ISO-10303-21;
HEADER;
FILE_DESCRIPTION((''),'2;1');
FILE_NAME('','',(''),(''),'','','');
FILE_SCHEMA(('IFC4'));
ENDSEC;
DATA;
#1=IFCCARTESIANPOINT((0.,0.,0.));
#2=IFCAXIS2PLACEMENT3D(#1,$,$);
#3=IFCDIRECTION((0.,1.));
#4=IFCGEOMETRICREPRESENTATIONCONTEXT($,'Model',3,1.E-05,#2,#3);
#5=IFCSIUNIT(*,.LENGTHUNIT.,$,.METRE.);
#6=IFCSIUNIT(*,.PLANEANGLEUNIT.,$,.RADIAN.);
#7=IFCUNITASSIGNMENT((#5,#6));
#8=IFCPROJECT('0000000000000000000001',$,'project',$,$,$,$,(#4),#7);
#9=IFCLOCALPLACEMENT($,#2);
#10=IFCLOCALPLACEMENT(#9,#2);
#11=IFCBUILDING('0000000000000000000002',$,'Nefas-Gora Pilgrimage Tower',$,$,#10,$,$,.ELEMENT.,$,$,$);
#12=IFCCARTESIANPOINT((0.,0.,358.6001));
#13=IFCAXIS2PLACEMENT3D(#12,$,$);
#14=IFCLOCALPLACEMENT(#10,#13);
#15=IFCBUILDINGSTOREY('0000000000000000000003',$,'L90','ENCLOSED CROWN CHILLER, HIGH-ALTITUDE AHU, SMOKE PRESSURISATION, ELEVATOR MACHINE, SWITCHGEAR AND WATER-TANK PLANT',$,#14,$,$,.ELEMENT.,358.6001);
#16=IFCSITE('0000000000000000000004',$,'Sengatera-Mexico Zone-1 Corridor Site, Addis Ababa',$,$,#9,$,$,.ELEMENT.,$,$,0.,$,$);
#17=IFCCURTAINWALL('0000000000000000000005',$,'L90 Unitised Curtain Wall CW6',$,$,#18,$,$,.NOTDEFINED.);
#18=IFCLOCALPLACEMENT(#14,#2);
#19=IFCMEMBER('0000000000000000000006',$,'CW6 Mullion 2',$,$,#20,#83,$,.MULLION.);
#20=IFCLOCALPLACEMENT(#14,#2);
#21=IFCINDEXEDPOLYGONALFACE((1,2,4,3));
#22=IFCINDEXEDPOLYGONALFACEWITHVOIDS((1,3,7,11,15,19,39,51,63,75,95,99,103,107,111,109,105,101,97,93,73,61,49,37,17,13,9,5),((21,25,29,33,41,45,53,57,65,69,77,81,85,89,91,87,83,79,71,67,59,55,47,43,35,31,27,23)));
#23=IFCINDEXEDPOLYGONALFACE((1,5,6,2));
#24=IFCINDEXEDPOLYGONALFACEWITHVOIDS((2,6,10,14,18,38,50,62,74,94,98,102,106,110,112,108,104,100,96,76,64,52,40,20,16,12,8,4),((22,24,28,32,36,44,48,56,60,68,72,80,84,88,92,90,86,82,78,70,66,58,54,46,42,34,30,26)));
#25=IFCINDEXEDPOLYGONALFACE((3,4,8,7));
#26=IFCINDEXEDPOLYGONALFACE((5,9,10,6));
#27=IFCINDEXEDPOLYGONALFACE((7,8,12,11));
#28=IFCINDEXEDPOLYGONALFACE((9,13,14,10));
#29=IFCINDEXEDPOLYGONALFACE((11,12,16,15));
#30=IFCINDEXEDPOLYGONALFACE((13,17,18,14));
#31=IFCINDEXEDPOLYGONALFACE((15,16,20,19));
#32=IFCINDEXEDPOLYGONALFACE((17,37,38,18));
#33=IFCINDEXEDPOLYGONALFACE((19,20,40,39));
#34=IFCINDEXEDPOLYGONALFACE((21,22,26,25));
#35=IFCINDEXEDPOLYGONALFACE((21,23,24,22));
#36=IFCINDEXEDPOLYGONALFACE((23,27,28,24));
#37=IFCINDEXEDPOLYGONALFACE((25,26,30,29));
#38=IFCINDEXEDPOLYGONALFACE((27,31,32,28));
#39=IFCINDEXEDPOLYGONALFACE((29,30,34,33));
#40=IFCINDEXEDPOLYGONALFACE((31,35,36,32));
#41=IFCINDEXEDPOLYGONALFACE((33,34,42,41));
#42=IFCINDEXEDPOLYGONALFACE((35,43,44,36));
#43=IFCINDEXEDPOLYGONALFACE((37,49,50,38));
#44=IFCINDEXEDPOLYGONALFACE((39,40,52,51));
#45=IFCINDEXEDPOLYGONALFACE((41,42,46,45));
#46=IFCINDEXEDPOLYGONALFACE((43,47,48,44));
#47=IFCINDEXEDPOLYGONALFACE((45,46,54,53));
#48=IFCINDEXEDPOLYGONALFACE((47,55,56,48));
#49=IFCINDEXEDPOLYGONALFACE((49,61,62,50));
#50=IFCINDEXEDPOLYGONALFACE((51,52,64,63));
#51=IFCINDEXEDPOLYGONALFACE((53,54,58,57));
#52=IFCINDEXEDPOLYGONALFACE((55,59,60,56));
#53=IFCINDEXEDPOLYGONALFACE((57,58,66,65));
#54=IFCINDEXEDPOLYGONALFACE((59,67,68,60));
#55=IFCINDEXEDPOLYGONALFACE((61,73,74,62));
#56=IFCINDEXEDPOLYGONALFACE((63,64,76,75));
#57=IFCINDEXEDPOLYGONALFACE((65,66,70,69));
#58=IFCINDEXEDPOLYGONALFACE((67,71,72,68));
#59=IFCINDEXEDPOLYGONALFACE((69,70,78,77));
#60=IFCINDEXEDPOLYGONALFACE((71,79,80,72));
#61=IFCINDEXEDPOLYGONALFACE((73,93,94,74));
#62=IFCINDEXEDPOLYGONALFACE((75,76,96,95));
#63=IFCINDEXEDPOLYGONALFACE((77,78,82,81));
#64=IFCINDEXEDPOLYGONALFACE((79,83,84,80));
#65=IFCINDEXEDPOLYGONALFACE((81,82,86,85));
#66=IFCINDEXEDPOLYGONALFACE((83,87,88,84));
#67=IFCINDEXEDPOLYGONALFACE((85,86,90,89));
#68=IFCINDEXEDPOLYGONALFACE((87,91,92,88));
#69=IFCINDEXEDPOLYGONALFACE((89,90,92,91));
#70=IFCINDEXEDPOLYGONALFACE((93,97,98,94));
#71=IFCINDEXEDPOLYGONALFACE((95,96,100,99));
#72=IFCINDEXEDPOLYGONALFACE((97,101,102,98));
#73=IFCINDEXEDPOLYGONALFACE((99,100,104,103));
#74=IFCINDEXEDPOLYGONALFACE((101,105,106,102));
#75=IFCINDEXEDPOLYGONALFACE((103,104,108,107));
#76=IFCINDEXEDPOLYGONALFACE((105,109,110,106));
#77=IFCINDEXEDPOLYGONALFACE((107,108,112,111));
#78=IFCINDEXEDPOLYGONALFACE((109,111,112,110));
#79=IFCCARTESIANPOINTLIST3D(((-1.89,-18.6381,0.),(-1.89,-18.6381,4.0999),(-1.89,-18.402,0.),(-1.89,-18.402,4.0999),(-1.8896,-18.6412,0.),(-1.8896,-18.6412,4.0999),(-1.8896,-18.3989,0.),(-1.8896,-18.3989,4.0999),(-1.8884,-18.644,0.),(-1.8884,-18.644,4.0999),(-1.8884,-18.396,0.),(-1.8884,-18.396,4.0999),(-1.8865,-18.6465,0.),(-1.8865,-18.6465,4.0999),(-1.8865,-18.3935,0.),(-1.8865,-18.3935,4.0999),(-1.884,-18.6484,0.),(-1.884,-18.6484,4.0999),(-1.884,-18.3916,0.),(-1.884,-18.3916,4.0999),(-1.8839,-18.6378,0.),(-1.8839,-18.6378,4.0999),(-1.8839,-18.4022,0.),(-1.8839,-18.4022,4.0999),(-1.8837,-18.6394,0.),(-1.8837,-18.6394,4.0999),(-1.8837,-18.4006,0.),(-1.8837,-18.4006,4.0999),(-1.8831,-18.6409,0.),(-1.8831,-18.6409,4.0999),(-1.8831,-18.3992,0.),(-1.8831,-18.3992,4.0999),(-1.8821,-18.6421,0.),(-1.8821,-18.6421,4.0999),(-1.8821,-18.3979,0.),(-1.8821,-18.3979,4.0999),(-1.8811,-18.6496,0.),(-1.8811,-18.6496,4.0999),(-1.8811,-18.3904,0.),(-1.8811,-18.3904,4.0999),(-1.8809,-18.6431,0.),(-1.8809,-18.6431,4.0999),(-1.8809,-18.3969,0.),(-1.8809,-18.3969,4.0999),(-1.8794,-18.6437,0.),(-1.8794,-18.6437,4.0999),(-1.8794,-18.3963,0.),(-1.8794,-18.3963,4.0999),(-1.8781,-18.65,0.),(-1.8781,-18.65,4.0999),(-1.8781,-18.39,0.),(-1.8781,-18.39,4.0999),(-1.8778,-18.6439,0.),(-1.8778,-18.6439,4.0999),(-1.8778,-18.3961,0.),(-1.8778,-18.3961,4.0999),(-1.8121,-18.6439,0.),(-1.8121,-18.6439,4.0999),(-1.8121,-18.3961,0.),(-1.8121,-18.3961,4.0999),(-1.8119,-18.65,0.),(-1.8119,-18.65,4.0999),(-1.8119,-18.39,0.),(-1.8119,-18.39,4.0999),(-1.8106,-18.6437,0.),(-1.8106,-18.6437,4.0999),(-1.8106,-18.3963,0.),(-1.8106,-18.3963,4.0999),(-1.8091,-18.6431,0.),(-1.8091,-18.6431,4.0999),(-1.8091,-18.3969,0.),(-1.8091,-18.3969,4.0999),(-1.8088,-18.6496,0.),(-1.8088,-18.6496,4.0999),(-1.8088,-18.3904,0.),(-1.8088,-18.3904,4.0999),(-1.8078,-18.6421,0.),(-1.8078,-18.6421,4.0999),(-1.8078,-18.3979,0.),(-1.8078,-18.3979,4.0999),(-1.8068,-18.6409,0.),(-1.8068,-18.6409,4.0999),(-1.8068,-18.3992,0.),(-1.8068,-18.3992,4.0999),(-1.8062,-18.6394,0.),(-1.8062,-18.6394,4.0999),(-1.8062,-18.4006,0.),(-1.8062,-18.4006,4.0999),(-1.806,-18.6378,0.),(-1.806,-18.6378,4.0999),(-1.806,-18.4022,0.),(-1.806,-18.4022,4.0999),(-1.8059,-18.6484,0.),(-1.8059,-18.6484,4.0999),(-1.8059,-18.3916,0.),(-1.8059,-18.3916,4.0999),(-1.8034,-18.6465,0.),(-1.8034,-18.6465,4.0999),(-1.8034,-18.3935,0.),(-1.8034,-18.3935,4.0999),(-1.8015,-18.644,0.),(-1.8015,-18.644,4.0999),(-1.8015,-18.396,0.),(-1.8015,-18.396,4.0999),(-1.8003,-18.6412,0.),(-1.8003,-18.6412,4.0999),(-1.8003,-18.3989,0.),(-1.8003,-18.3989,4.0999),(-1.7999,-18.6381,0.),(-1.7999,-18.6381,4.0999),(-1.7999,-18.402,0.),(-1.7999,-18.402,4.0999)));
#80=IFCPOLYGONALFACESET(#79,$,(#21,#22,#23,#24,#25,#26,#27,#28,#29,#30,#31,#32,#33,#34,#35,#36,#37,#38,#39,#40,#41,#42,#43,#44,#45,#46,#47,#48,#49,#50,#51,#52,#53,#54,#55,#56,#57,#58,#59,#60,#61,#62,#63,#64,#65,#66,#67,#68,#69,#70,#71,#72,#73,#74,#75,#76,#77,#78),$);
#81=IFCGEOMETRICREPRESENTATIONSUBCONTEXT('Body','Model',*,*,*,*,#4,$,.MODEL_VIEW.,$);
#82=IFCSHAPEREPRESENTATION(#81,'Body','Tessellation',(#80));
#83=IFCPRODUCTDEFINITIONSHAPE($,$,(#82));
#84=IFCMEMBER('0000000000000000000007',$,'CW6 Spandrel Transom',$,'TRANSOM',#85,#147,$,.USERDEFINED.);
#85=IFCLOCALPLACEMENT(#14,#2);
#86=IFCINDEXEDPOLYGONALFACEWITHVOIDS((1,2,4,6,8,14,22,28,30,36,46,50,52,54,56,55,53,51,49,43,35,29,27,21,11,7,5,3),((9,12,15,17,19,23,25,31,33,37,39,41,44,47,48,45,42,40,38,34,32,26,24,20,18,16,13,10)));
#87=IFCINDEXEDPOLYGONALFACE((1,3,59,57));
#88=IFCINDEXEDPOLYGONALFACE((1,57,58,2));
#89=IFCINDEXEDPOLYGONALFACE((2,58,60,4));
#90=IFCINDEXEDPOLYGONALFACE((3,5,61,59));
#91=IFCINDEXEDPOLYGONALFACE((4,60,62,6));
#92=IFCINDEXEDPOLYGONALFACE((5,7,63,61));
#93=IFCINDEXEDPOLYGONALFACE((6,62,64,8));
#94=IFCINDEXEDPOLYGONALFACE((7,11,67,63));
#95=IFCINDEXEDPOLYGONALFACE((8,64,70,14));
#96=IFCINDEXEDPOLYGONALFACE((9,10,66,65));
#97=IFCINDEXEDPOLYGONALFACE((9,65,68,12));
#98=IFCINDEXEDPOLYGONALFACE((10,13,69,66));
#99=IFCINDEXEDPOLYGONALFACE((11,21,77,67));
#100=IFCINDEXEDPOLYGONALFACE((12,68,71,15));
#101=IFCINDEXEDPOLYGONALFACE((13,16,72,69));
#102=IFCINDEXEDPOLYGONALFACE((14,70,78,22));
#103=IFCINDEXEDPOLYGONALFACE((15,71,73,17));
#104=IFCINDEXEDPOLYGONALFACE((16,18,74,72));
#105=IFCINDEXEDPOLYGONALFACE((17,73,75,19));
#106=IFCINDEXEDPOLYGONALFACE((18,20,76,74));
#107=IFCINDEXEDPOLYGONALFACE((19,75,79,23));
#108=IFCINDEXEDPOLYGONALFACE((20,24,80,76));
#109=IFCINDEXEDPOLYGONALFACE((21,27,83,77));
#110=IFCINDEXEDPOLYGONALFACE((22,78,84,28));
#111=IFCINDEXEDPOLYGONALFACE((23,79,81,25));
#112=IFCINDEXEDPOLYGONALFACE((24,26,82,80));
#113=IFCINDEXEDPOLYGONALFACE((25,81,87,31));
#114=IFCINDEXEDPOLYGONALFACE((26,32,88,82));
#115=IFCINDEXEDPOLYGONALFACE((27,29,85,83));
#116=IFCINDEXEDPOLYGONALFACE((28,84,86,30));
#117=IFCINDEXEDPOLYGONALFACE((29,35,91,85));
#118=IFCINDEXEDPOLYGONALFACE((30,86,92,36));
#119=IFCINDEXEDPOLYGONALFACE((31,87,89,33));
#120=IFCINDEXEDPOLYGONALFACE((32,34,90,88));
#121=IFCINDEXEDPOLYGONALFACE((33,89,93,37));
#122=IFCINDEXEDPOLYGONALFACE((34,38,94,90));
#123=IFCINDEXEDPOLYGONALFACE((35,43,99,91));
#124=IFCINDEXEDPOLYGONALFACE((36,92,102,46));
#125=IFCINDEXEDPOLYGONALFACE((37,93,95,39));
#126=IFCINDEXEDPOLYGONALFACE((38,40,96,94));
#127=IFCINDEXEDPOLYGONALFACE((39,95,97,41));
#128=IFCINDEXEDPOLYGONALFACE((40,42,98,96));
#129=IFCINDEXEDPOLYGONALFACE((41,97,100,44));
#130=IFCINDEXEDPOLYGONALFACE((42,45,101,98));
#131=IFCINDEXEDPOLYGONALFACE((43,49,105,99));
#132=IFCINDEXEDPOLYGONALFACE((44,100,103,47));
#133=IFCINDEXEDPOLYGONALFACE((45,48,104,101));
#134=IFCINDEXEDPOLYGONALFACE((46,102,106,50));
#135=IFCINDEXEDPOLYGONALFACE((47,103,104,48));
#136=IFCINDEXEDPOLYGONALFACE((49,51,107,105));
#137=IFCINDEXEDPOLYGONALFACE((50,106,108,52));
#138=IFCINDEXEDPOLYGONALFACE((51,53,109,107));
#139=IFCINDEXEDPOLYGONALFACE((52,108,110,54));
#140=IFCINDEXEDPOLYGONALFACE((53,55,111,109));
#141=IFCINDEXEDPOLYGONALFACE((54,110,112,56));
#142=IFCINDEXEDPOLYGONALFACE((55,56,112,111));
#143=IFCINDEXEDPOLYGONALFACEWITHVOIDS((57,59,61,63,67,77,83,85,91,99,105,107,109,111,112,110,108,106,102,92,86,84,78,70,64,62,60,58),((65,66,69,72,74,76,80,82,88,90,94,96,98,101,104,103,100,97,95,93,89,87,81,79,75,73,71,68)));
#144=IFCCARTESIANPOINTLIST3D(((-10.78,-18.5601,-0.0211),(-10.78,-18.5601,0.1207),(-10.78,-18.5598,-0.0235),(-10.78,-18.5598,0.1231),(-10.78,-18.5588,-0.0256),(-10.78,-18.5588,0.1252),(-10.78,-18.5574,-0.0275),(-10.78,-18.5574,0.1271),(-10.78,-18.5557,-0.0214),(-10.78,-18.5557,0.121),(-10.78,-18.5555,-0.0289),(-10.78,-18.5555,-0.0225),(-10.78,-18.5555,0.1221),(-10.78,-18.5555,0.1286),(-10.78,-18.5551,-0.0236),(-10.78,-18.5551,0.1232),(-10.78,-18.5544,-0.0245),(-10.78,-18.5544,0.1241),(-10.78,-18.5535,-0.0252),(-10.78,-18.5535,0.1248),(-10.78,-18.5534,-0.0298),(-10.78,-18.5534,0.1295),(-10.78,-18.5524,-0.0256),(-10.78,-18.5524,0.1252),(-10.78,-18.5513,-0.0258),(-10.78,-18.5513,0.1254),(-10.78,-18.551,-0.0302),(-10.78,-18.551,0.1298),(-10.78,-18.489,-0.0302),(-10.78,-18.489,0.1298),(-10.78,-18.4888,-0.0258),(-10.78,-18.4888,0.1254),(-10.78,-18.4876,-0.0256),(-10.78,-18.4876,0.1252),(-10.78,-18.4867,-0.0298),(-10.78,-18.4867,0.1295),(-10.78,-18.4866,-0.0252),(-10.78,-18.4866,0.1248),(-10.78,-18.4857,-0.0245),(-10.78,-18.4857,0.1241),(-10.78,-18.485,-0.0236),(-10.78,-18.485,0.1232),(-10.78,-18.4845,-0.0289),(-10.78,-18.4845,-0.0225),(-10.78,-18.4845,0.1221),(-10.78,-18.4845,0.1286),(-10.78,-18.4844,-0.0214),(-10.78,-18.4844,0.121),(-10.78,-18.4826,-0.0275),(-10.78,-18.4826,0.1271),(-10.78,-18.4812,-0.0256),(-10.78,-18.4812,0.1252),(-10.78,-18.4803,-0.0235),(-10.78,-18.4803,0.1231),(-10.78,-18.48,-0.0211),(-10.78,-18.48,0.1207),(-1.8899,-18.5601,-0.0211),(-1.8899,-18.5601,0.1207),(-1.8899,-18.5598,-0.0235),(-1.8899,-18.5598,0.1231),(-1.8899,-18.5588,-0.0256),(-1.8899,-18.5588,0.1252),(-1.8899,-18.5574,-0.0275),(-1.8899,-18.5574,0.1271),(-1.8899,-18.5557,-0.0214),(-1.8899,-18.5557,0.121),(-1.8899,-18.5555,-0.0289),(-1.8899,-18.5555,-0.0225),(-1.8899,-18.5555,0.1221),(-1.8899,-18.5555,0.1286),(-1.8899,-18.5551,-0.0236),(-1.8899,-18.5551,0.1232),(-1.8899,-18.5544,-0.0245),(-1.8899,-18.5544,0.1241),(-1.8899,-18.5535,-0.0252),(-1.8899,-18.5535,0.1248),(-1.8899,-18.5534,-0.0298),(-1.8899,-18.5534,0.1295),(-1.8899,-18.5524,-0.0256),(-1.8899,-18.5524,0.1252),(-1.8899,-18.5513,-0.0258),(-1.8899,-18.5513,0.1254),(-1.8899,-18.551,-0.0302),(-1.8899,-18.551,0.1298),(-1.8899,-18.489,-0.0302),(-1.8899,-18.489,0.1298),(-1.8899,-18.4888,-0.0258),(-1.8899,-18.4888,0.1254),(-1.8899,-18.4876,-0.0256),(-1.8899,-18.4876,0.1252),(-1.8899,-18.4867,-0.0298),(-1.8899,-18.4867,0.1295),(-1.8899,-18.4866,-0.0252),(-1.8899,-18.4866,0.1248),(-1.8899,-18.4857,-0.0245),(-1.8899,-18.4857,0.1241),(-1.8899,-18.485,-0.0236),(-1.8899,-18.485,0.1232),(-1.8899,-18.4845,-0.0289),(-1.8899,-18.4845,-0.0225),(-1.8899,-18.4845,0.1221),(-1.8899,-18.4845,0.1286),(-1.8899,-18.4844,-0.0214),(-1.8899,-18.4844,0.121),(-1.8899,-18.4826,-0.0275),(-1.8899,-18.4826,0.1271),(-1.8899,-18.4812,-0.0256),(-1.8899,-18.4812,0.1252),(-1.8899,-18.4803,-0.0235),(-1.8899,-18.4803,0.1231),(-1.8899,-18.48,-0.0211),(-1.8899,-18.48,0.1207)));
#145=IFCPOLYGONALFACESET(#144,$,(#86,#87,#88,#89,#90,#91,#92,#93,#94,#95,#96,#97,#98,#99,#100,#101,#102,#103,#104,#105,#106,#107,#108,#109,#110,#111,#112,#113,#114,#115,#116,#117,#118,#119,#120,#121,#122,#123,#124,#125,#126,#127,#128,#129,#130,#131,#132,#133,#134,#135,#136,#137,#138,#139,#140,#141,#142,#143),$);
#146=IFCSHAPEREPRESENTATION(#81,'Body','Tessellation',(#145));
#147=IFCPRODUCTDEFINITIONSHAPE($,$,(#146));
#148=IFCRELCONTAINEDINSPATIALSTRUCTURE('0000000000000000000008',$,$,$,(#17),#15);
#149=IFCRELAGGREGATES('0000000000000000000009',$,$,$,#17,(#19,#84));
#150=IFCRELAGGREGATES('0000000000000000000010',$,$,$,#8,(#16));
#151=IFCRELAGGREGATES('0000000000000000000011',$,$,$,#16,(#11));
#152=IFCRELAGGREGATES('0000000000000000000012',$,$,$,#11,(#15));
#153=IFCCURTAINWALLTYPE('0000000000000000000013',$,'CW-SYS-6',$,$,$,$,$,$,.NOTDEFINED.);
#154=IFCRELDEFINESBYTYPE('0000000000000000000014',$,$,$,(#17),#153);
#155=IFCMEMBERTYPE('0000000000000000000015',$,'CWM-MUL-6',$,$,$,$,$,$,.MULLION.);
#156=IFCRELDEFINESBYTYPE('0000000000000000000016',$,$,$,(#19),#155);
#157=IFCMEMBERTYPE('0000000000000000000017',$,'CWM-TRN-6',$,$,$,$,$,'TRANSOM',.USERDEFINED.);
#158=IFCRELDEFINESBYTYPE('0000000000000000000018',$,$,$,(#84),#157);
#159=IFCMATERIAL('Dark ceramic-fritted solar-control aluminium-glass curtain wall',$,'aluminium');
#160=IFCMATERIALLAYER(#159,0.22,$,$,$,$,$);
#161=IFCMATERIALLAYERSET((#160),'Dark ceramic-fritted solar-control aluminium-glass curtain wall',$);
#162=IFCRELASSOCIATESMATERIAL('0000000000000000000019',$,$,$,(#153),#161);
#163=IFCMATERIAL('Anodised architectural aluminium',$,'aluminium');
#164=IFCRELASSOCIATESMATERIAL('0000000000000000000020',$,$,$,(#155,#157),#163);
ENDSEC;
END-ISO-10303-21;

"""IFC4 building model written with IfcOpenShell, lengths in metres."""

from ifc_helpers import new_model, si_unit, direction, frame, origin, origin_2d, place, context, subcontext, project, spatial, hollow_rectangle, extrude, source, transform, mapped, material, layer, layer_set, material_profile, profile_set, type_object, element, aggregate, save


model = new_model("IFC4")

# Units and contexts
model_context = context("Model", 3, precision=1e-05, world=origin(), true_north=direction((0.0, 1.0)))
body_context = subcontext(model_context, "Body", "Model", "MODEL_VIEW")
ifc_project = project(units=[si_unit("LENGTHUNIT", "METRE"), si_unit("PLANEANGLEUNIT", "RADIAN")], contexts=[model_context])

# Site, building, storey
site_placement = place(None, origin())
site = spatial("IfcSite", under=ifc_project, at=site_placement, Name="Sengatera-Mexico Zone-1 Corridor Site, Addis Ababa", CompositionType="ELEMENT", RefElevation=0.0)
building_placement = place(site_placement, origin())
building = spatial("IfcBuilding", under=site, at=building_placement, Name="Nefas-Gora Pilgrimage Tower", CompositionType="ELEMENT")
storey_placement = place(building_placement, frame((0.0, 0.0, 358.6001)))
storey = spatial("IfcBuildingStorey", under=building, at=storey_placement, Name="L90", Description="ENCLOSED CROWN CHILLER, HIGH-ALTITUDE AHU, SMOKE PRESSURISATION, ELEVATOR MACHINE, SWITCHGEAR AND WATER-TANK PLANT", CompositionType="ELEMENT", Elevation=358.6001)

# Curtain wall, members
ifc_material_1 = material(Name="Dark ceramic-fritted solar-control aluminium-glass curtain wall", Category="aluminium")
ifc_layer_1 = layer(ifc_material_1, 0.22)
ifc_layer_set_1 = layer_set([ifc_layer_1], Name="Dark ceramic-fritted solar-control aluminium-glass curtain wall")
curtain_wall_type = type_object("IfcCurtainWallType", Name="CW-SYS-6", PredefinedType="NOTDEFINED", material=ifc_layer_set_1)
curtain_wall_placement = place(storey_placement, origin())
curtain_wall = element("IfcCurtainWall", 1, at=curtain_wall_placement, inside=storey, type_object=curtain_wall_type, Name="L90 Unitised Curtain Wall CW6", PredefinedType="NOTDEFINED")
ifc_material_2 = material(Name="Anodised architectural aluminium", Category="aluminium")
ifc_material_profile_1 = material_profile(ifc_material_2, hollow_rectangle(XDim=0.0901, YDim=0.26, WallThickness=0.0061, InnerFilletRadius=0.0061, OuterFilletRadius=0.012, at=origin_2d()), Name="ALU MULLION 90x260")
ifc_profile_set_1 = profile_set([ifc_material_profile_1], Name="Anodised architectural aluminium")
member_type_1 = type_object("IfcMemberType", Name="CWM-MUL-6", PredefinedType="MULLION", material=ifc_profile_set_1)
shared_shape_1 = source(origin(), body_context, "Body", "SweptSolid", [
    extrude(hollow_rectangle(XDim=0.0901, YDim=0.26, WallThickness=0.0061, InnerFilletRadius=0.0061, OuterFilletRadius=0.012, at=origin_2d()), origin(), (0.0, 0.0, 1.0), 4.0999),
])
member_1_placement = place(storey_placement, frame((-1.845, -18.52, 0.0), z_axis=(0.0, 0.0, 1.0), x_axis=(1.0, 0.0, 0.0)))
member_1 = element("IfcMember", 2, at=member_1_placement, type_object=member_type_1, Name="CW6 Mullion 2", PredefinedType="MULLION", context=body_context, shape_type="MappedRepresentation", body=[
    mapped(shared_shape_1, transform((0.0, 0.0, 0.0), x_axis=(1.0, 0.0, 0.0), y_axis=(0.0, 1.0, 0.0), z_axis=(0.0, 0.0, 1.0), scale=1.0)),
])
ifc_material_profile_2 = material_profile(ifc_material_2, hollow_rectangle(XDim=0.0801, YDim=0.1599, WallThickness=0.0044, InnerFilletRadius=0.0044, OuterFilletRadius=0.009, at=origin_2d()), Name="ALU TRANSOM 80x160")
ifc_profile_set_2 = profile_set([ifc_material_profile_2], Name="Anodised architectural aluminium")
member_type_2 = type_object("IfcMemberType", Name="CWM-TRN-6", ElementType="TRANSOM", PredefinedType="USERDEFINED", material=ifc_profile_set_2)
shared_shape_2 = source(origin(), body_context, "Body", "SweptSolid", [
    extrude(hollow_rectangle(XDim=0.0801, YDim=0.1599, WallThickness=0.0044, InnerFilletRadius=0.0044, OuterFilletRadius=0.009, at=origin_2d()), origin(), (0.0, 0.0, 1.0), 8.8901),
])
member_2_placement = place(storey_placement, frame((-10.78, -18.52, 0.0498), z_axis=(1.0, 0.0, 0.0), x_axis=(0.0, 1.0, 0.0)))
member_2 = element("IfcMember", 3, at=member_2_placement, type_object=member_type_2, Name="CW6 Spandrel Transom", ObjectType="TRANSOM", PredefinedType="USERDEFINED", context=body_context, shape_type="MappedRepresentation", body=[
    mapped(shared_shape_2, transform((0.0, 0.0, 0.0), x_axis=(1.0, 0.0, 0.0), y_axis=(0.0, 1.0, 0.0), z_axis=(0.0, 0.0, 1.0), scale=1.0)),
])

aggregate(curtain_wall, [member_1, member_2])

save(model, "model.ifc")
